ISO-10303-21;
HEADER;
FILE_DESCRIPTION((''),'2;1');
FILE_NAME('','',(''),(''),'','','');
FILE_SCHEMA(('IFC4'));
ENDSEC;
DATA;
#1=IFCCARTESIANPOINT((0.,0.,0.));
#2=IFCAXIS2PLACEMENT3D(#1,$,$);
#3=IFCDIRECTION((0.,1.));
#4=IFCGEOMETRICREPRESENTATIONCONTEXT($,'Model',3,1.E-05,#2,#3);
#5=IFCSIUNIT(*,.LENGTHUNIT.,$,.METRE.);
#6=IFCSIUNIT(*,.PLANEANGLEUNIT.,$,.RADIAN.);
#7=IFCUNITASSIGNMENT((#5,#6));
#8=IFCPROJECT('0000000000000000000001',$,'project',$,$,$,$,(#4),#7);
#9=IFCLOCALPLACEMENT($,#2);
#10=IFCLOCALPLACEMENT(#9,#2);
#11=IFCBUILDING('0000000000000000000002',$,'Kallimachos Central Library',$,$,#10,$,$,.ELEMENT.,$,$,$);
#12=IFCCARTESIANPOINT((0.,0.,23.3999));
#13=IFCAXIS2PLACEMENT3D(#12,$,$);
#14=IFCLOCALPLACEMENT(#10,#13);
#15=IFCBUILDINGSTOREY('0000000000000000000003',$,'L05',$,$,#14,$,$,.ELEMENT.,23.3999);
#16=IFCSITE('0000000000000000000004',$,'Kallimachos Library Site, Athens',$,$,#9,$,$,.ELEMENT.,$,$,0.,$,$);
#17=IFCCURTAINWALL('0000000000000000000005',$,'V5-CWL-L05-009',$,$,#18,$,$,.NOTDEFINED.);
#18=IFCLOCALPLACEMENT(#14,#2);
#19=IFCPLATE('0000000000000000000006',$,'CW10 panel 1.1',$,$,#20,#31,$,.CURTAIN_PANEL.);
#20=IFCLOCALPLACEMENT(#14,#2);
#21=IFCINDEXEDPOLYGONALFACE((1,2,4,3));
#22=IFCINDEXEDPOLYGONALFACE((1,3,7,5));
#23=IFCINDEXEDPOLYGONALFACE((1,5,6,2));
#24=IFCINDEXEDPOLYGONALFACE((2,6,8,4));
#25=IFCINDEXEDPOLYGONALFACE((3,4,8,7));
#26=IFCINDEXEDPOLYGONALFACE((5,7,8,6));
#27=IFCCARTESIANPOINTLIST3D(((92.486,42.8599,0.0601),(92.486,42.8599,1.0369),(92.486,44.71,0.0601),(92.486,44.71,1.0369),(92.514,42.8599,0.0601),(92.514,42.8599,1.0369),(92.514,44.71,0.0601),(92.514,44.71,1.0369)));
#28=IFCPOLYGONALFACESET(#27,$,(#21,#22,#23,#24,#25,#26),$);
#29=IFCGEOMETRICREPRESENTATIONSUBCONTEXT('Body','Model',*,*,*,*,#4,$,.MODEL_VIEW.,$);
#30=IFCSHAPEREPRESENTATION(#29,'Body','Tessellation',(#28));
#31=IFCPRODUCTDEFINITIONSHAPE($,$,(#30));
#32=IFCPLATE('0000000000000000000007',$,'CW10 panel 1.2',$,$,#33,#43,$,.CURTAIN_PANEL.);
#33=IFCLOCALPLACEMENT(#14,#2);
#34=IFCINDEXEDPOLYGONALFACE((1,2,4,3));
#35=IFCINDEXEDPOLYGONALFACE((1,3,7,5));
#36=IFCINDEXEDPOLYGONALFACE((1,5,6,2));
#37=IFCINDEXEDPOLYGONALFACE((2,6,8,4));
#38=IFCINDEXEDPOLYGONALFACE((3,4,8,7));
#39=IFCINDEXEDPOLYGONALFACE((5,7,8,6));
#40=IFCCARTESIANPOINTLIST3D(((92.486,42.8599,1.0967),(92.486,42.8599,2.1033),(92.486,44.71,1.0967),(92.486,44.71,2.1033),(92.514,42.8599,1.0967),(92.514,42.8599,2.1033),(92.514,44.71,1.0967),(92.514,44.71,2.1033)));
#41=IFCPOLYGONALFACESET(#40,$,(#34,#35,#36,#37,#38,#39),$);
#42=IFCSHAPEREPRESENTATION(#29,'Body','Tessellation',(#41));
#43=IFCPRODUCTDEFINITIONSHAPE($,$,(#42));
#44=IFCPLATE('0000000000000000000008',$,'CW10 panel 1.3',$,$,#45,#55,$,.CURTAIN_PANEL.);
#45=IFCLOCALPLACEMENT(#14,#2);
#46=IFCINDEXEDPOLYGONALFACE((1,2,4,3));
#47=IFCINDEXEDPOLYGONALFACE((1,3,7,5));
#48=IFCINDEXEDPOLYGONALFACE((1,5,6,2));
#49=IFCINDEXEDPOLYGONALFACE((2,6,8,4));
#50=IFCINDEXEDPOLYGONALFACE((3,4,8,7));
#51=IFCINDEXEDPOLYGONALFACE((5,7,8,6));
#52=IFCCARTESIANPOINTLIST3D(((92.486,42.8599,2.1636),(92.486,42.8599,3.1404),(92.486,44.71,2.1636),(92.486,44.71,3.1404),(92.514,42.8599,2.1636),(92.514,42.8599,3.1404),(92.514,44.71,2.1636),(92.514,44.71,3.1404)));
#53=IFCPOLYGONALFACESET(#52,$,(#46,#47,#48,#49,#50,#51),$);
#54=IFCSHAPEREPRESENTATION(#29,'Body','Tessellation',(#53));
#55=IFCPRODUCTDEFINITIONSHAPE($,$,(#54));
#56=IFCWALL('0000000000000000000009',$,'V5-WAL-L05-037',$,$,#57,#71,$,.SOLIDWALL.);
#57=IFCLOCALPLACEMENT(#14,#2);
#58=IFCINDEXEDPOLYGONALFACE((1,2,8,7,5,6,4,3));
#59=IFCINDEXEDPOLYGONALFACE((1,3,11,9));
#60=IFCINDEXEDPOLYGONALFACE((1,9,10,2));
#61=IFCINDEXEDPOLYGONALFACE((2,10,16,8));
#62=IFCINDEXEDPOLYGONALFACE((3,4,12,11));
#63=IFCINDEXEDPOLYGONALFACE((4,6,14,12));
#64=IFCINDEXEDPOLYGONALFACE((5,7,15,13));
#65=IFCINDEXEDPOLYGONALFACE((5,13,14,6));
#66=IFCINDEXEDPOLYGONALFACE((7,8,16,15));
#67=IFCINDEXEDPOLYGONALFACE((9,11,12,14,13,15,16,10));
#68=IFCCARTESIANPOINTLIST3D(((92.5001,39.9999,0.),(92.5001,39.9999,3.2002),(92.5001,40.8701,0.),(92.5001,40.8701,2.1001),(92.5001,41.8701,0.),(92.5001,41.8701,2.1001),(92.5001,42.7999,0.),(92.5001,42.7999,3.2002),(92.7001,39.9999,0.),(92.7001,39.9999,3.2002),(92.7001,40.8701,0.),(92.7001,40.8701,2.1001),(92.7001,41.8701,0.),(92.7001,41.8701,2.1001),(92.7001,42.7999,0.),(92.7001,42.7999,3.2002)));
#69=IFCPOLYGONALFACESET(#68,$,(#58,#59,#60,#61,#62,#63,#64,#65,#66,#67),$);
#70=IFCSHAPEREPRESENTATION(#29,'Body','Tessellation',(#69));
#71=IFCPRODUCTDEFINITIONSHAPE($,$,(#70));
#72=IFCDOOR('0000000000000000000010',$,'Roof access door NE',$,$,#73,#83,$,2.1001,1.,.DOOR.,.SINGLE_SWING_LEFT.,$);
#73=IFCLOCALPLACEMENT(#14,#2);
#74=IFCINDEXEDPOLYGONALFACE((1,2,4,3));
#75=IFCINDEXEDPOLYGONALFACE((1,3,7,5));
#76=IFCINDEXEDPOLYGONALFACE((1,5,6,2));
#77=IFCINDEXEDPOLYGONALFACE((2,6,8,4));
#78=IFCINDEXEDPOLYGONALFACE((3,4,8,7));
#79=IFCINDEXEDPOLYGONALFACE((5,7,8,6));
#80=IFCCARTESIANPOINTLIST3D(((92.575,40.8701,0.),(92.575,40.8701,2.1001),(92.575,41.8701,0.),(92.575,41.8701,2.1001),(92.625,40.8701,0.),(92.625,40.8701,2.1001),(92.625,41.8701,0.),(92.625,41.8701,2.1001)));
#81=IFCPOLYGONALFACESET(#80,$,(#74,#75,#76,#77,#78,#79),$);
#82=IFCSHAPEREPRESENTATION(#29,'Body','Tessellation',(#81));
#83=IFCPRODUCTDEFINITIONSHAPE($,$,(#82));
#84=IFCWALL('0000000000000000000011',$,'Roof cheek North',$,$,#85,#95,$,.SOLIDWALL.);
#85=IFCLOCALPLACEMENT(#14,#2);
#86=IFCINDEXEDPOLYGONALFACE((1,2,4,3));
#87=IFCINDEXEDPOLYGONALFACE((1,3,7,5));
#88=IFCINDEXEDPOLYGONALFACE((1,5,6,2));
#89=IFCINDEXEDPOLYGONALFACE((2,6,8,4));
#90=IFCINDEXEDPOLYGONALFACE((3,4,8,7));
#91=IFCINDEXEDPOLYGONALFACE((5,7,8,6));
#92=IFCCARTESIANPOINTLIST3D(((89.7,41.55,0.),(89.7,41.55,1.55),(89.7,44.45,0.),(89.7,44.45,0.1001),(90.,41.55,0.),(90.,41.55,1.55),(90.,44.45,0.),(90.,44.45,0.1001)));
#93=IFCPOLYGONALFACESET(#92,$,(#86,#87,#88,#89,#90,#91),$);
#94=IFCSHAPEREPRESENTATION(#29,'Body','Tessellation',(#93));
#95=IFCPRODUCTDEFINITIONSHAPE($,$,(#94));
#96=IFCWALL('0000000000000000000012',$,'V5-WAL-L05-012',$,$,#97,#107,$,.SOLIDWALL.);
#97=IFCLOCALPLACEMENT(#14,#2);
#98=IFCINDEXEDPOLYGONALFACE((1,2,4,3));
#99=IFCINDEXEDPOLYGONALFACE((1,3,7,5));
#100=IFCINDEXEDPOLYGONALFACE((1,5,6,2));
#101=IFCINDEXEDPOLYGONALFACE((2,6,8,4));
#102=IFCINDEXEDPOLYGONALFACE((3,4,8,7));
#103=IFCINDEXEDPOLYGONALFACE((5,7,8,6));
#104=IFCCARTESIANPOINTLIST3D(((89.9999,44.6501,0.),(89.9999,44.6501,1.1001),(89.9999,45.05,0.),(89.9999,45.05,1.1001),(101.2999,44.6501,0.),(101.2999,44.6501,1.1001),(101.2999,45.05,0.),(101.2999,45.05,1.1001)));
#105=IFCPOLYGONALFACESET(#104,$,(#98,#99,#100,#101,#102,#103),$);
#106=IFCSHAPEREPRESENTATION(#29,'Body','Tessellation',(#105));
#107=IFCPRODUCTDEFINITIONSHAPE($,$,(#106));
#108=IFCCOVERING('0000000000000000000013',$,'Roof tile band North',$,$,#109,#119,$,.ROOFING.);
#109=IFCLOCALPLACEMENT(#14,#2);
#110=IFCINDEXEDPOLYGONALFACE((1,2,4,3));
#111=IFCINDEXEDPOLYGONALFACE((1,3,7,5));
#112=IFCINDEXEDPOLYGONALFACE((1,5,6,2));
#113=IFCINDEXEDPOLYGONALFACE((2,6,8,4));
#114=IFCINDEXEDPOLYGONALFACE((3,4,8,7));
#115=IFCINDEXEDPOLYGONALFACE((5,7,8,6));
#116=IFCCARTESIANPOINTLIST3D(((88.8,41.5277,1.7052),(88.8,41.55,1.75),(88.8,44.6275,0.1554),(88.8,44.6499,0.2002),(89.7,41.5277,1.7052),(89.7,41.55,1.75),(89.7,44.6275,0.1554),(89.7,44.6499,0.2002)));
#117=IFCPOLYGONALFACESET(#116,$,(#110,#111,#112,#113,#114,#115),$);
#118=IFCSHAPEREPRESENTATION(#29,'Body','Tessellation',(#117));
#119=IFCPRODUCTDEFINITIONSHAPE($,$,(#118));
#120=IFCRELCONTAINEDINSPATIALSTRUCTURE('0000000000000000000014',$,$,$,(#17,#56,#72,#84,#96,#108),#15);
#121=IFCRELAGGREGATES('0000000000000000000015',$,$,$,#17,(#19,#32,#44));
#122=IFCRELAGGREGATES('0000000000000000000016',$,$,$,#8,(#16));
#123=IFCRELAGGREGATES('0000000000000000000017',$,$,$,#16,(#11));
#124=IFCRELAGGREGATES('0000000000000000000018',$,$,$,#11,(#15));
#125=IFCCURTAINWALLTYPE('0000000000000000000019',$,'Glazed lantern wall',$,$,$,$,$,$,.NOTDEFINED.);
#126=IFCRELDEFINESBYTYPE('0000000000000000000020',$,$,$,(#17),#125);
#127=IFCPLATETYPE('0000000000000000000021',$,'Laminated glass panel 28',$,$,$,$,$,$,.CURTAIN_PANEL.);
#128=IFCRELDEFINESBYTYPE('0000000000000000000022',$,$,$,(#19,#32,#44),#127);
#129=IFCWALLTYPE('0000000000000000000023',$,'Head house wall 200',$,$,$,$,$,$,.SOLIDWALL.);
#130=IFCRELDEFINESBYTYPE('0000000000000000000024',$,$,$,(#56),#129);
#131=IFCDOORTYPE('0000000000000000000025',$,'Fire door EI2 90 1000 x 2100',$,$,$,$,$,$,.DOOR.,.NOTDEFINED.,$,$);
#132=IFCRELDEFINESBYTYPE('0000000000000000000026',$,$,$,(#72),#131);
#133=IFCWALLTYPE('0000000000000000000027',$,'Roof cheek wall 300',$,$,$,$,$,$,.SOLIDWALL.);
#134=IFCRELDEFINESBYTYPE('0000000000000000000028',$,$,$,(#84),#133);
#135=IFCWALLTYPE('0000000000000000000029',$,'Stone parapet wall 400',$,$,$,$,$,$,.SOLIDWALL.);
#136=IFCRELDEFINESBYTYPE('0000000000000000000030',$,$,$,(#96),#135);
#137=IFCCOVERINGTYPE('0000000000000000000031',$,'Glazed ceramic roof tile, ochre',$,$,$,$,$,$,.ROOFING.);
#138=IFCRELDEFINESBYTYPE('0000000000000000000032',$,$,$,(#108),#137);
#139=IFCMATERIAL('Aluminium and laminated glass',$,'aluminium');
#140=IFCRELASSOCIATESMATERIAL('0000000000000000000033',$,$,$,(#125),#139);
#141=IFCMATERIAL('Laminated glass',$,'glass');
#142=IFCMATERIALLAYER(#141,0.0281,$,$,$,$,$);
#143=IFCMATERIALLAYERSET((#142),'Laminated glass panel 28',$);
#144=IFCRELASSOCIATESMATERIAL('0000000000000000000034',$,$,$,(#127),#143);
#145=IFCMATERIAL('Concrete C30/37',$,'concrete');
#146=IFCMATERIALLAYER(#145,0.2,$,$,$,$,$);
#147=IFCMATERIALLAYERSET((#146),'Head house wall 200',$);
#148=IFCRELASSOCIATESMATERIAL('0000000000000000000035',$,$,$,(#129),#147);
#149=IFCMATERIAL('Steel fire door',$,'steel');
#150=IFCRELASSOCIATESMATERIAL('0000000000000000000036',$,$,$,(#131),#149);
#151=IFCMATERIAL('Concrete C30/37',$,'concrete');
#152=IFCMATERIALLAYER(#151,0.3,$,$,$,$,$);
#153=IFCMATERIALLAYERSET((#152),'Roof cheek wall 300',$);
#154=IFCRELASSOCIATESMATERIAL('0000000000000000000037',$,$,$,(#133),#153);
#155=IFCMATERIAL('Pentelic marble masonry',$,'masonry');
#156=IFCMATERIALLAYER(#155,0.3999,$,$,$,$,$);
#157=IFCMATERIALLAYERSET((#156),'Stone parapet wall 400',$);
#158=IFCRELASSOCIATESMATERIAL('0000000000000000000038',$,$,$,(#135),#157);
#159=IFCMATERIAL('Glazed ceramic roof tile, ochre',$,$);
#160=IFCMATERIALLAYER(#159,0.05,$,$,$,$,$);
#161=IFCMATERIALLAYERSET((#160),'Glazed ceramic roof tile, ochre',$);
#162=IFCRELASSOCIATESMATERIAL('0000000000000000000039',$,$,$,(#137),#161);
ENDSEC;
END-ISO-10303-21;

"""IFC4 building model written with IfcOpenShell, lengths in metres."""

from ifc_helpers import new_model, si_unit, direction, frame, frame_2d, origin, origin_2d, place, context, subcontext, project, spatial, polyline, rectangle, outline, extrude, material, layer, layer_set, type_object, element, fill, aggregate, save


model = new_model("IFC4")

# Units and contexts
model_context = context("Model", 3, precision=1e-05, world=origin(), true_north=direction((0.0, 1.0)))
body_context = subcontext(model_context, "Body", "Model", "MODEL_VIEW")
ifc_project = project(units=[si_unit("LENGTHUNIT", "METRE"), si_unit("PLANEANGLEUNIT", "RADIAN")], contexts=[model_context])

# Site, building, storey
site_placement = place(None, origin())
site = spatial("IfcSite", under=ifc_project, at=site_placement, Name="Kallimachos Library Site, Athens", CompositionType="ELEMENT", RefElevation=0.0)
building_placement = place(site_placement, origin())
building = spatial("IfcBuilding", under=site, at=building_placement, Name="Kallimachos Central Library", CompositionType="ELEMENT")
storey_placement = place(building_placement, frame((0.0, 0.0, 23.3999)))
storey = spatial("IfcBuildingStorey", under=building, at=storey_placement, Name="L05", CompositionType="ELEMENT", Elevation=23.3999)

# Shared definitions
ifc_material_1 = material(Name="Aluminium and laminated glass", Category="aluminium")
curtain_wall_type = type_object("IfcCurtainWallType", Name="Glazed lantern wall", PredefinedType="NOTDEFINED", material=ifc_material_1)

# Curtain wall
curtain_wall_1_placement = place(storey_placement, origin())
curtain_wall_1 = element("IfcCurtainWall", 1, at=curtain_wall_1_placement, inside=storey, type_object=curtain_wall_type, Name="V5-CWL-L05-009", PredefinedType="NOTDEFINED")

# Plates
ifc_material_2 = material(Name="Laminated glass", Category="glass")
ifc_layer_1 = layer(ifc_material_2, 0.0281)
ifc_layer_set_1 = layer_set([ifc_layer_1], Name="Laminated glass panel 28")
plate_type = type_object("IfcPlateType", Name="Laminated glass panel 28", PredefinedType="CURTAIN_PANEL", material=ifc_layer_set_1)
plate_1_placement = place(storey_placement, frame((92.5, 43.7849, 0.0601), z_axis=(0.0, 0.0, 1.0), x_axis=(0.0, 1.0, 0.0)))
plate_1 = element("IfcPlate", 2, at=plate_1_placement, type_object=plate_type, Name="CW10 panel 1.1", PredefinedType="CURTAIN_PANEL", context=body_context, shape_type="SweptSolid", body=[
    extrude(rectangle(XDim=1.8501, YDim=0.0281, at=origin_2d()), origin(), (0.0, 0.0, 1.0), 0.9768),
])
plate_2_placement = place(storey_placement, frame((92.5, 43.7849, 1.0967), z_axis=(0.0, 0.0, 1.0), x_axis=(0.0, 1.0, 0.0)))
plate_2 = element("IfcPlate", 3, at=plate_2_placement, type_object=plate_type, Name="CW10 panel 1.2", PredefinedType="CURTAIN_PANEL", context=body_context, shape_type="SweptSolid", body=[
    extrude(rectangle(XDim=1.8501, YDim=0.0281, at=origin_2d()), origin(), (0.0, 0.0, 1.0), 1.0066),
])
plate_3_placement = place(storey_placement, frame((92.5, 43.7849, 2.1636), z_axis=(0.0, 0.0, 1.0), x_axis=(0.0, 1.0, 0.0)))
plate_3 = element("IfcPlate", 4, at=plate_3_placement, type_object=plate_type, Name="CW10 panel 1.3", PredefinedType="CURTAIN_PANEL", context=body_context, shape_type="SweptSolid", body=[
    extrude(rectangle(XDim=1.8501, YDim=0.0281, at=origin_2d()), origin(), (0.0, 0.0, 1.0), 0.9768),
])
aggregate(curtain_wall_1, [plate_1, plate_2, plate_3])

# Wall, opening, door
ifc_material_3 = material(Name="Concrete C30/37", Category="concrete")
ifc_layer_2 = layer(ifc_material_3, 0.2)
ifc_layer_set_2 = layer_set([ifc_layer_2], Name="Head house wall 200")
wall_type_1 = type_object("IfcWallType", Name="Head house wall 200", PredefinedType="SOLIDWALL", material=ifc_layer_set_2)
wall_1_placement = place(storey_placement, frame((92.6001, 40.0, 0.0), z_axis=(0.0, 0.0, 1.0), x_axis=(0.0, 1.0, 0.0)))
wall_1 = element("IfcWall", 5, at=wall_1_placement, inside=storey, type_object=wall_type_1, Name="V5-WAL-L05-037", PredefinedType="SOLIDWALL", context=body_context, shape_type="SweptSolid", body=[
    extrude(rectangle(XDim=2.8, YDim=0.2, at=frame_2d((1.3999, 0.0))), origin(), (0.0, 0.0, 1.0), 3.2002),
])
opening_placement = place(wall_1_placement, frame((0.8701, 0.0, 0.0)))
opening = element("IfcOpeningElement", 6, at=opening_placement, cuts=wall_1, PredefinedType="OPENING", context=body_context, shape_type="SweptSolid", body=[
    extrude(rectangle(XDim=1.0, YDim=2.1001, at=frame_2d((0.5, 1.05))), frame((0.0, 0.1099, 0.0), z_axis=(0.0, -1.0, 0.0), x_axis=(1.0, 0.0, 0.0)), (0.0, 0.0, 1.0), 0.22),
])
ifc_material_4 = material(Name="Steel fire door", Category="steel")
door_type = type_object("IfcDoorType", Name="Fire door EI2 90 1000 x 2100", OperationType="NOTDEFINED", PredefinedType="DOOR", material=ifc_material_4)
door_placement = place(opening_placement, frame((1.0, 0.0, 0.0), z_axis=(0.0, 0.0, 1.0), x_axis=(-1.0, 0.0, 0.0)))
door = element("IfcDoor", 7, at=door_placement, inside=storey, type_object=door_type, Name="Roof access door NE", OperationType="SINGLE_SWING_LEFT", OverallHeight=2.1001, OverallWidth=1.0, PredefinedType="DOOR", context=body_context, shape_type="SweptSolid", body=[
    extrude(rectangle(XDim=1.0, YDim=2.1001, at=frame_2d((0.5, 1.05))), frame((0.0, 0.0249, 0.0), z_axis=(0.0, -1.0, 0.0), x_axis=(1.0, 0.0, 0.0)), (0.0, 0.0, 1.0), 0.05),
])
fill(opening, door)

# Walls
ifc_material_5 = material(Name="Concrete C30/37", Category="concrete")
ifc_layer_3 = layer(ifc_material_5, 0.3)
ifc_layer_set_3 = layer_set([ifc_layer_3], Name="Roof cheek wall 300")
wall_type_2 = type_object("IfcWallType", Name="Roof cheek wall 300", PredefinedType="SOLIDWALL", material=ifc_layer_set_3)
wall_2_placement = place(storey_placement, frame((89.8501, 44.45, 0.0), z_axis=(0.0, 0.0, 1.0), x_axis=(0.0, -1.0, 0.0)))
element("IfcWall", 8, at=wall_2_placement, inside=storey, type_object=wall_type_2, Name="Roof cheek North", PredefinedType="SOLIDWALL", context=body_context, shape_type="SweptSolid", body=[
    extrude(outline(polyline([(0.0, 0.0), (2.8999, 0.0), (2.8999, 1.55), (0.0, 0.1001), (0.0, 0.0)])), frame((0.0, 0.1499, 0.0), z_axis=(0.0, -1.0, 0.0), x_axis=(1.0, 0.0, 0.0)), (0.0, 0.0, 1.0), 0.3),
])
ifc_material_6 = material(Name="Pentelic marble masonry", Category="masonry")
ifc_layer_4 = layer(ifc_material_6, 0.3999)
ifc_layer_set_4 = layer_set([ifc_layer_4], Name="Stone parapet wall 400")
wall_type_3 = type_object("IfcWallType", Name="Stone parapet wall 400", PredefinedType="SOLIDWALL", material=ifc_layer_set_4)
wall_3_placement = place(storey_placement, frame((90.0, 44.8501, 0.0), z_axis=(0.0, 0.0, 1.0), x_axis=(1.0, 0.0, 0.0)))
element("IfcWall", 9, at=wall_3_placement, inside=storey, type_object=wall_type_3, Name="V5-WAL-L05-012", PredefinedType="SOLIDWALL", context=body_context, shape_type="SweptSolid", body=[
    extrude(rectangle(XDim=11.3, YDim=0.3999, at=frame_2d((5.6499, 0.0))), origin(), (0.0, 0.0, 1.0), 1.1001),
])

# Covering
ifc_material_7 = material(Name="Glazed ceramic roof tile, ochre")
ifc_layer_5 = layer(ifc_material_7, 0.05)
ifc_layer_set_5 = layer_set([ifc_layer_5], Name="Glazed ceramic roof tile, ochre")
covering_type = type_object("IfcCoveringType", Name="Glazed ceramic roof tile, ochre", PredefinedType="ROOFING", material=ifc_layer_set_5)
covering_placement = place(storey_placement, frame((89.7, 41.55, 1.75), z_axis=(0.0, 0.447185, 0.894441), x_axis=(0.0, 0.894441, -0.447185)))
element("IfcCovering", 10, at=covering_placement, inside=storey, type_object=covering_type, Name="Roof tile band North", PredefinedType="ROOFING", context=body_context, shape_type="SweptSolid", body=[
    extrude(outline(polyline([(0.0, 0.0), (3.4657, 0.0), (3.4657, 0.8999), (0.0, 0.8999), (0.0, 0.0)])), origin(), (0.0, 0.0, -1.0), 0.05),
])

save(model, "model.ifc")
